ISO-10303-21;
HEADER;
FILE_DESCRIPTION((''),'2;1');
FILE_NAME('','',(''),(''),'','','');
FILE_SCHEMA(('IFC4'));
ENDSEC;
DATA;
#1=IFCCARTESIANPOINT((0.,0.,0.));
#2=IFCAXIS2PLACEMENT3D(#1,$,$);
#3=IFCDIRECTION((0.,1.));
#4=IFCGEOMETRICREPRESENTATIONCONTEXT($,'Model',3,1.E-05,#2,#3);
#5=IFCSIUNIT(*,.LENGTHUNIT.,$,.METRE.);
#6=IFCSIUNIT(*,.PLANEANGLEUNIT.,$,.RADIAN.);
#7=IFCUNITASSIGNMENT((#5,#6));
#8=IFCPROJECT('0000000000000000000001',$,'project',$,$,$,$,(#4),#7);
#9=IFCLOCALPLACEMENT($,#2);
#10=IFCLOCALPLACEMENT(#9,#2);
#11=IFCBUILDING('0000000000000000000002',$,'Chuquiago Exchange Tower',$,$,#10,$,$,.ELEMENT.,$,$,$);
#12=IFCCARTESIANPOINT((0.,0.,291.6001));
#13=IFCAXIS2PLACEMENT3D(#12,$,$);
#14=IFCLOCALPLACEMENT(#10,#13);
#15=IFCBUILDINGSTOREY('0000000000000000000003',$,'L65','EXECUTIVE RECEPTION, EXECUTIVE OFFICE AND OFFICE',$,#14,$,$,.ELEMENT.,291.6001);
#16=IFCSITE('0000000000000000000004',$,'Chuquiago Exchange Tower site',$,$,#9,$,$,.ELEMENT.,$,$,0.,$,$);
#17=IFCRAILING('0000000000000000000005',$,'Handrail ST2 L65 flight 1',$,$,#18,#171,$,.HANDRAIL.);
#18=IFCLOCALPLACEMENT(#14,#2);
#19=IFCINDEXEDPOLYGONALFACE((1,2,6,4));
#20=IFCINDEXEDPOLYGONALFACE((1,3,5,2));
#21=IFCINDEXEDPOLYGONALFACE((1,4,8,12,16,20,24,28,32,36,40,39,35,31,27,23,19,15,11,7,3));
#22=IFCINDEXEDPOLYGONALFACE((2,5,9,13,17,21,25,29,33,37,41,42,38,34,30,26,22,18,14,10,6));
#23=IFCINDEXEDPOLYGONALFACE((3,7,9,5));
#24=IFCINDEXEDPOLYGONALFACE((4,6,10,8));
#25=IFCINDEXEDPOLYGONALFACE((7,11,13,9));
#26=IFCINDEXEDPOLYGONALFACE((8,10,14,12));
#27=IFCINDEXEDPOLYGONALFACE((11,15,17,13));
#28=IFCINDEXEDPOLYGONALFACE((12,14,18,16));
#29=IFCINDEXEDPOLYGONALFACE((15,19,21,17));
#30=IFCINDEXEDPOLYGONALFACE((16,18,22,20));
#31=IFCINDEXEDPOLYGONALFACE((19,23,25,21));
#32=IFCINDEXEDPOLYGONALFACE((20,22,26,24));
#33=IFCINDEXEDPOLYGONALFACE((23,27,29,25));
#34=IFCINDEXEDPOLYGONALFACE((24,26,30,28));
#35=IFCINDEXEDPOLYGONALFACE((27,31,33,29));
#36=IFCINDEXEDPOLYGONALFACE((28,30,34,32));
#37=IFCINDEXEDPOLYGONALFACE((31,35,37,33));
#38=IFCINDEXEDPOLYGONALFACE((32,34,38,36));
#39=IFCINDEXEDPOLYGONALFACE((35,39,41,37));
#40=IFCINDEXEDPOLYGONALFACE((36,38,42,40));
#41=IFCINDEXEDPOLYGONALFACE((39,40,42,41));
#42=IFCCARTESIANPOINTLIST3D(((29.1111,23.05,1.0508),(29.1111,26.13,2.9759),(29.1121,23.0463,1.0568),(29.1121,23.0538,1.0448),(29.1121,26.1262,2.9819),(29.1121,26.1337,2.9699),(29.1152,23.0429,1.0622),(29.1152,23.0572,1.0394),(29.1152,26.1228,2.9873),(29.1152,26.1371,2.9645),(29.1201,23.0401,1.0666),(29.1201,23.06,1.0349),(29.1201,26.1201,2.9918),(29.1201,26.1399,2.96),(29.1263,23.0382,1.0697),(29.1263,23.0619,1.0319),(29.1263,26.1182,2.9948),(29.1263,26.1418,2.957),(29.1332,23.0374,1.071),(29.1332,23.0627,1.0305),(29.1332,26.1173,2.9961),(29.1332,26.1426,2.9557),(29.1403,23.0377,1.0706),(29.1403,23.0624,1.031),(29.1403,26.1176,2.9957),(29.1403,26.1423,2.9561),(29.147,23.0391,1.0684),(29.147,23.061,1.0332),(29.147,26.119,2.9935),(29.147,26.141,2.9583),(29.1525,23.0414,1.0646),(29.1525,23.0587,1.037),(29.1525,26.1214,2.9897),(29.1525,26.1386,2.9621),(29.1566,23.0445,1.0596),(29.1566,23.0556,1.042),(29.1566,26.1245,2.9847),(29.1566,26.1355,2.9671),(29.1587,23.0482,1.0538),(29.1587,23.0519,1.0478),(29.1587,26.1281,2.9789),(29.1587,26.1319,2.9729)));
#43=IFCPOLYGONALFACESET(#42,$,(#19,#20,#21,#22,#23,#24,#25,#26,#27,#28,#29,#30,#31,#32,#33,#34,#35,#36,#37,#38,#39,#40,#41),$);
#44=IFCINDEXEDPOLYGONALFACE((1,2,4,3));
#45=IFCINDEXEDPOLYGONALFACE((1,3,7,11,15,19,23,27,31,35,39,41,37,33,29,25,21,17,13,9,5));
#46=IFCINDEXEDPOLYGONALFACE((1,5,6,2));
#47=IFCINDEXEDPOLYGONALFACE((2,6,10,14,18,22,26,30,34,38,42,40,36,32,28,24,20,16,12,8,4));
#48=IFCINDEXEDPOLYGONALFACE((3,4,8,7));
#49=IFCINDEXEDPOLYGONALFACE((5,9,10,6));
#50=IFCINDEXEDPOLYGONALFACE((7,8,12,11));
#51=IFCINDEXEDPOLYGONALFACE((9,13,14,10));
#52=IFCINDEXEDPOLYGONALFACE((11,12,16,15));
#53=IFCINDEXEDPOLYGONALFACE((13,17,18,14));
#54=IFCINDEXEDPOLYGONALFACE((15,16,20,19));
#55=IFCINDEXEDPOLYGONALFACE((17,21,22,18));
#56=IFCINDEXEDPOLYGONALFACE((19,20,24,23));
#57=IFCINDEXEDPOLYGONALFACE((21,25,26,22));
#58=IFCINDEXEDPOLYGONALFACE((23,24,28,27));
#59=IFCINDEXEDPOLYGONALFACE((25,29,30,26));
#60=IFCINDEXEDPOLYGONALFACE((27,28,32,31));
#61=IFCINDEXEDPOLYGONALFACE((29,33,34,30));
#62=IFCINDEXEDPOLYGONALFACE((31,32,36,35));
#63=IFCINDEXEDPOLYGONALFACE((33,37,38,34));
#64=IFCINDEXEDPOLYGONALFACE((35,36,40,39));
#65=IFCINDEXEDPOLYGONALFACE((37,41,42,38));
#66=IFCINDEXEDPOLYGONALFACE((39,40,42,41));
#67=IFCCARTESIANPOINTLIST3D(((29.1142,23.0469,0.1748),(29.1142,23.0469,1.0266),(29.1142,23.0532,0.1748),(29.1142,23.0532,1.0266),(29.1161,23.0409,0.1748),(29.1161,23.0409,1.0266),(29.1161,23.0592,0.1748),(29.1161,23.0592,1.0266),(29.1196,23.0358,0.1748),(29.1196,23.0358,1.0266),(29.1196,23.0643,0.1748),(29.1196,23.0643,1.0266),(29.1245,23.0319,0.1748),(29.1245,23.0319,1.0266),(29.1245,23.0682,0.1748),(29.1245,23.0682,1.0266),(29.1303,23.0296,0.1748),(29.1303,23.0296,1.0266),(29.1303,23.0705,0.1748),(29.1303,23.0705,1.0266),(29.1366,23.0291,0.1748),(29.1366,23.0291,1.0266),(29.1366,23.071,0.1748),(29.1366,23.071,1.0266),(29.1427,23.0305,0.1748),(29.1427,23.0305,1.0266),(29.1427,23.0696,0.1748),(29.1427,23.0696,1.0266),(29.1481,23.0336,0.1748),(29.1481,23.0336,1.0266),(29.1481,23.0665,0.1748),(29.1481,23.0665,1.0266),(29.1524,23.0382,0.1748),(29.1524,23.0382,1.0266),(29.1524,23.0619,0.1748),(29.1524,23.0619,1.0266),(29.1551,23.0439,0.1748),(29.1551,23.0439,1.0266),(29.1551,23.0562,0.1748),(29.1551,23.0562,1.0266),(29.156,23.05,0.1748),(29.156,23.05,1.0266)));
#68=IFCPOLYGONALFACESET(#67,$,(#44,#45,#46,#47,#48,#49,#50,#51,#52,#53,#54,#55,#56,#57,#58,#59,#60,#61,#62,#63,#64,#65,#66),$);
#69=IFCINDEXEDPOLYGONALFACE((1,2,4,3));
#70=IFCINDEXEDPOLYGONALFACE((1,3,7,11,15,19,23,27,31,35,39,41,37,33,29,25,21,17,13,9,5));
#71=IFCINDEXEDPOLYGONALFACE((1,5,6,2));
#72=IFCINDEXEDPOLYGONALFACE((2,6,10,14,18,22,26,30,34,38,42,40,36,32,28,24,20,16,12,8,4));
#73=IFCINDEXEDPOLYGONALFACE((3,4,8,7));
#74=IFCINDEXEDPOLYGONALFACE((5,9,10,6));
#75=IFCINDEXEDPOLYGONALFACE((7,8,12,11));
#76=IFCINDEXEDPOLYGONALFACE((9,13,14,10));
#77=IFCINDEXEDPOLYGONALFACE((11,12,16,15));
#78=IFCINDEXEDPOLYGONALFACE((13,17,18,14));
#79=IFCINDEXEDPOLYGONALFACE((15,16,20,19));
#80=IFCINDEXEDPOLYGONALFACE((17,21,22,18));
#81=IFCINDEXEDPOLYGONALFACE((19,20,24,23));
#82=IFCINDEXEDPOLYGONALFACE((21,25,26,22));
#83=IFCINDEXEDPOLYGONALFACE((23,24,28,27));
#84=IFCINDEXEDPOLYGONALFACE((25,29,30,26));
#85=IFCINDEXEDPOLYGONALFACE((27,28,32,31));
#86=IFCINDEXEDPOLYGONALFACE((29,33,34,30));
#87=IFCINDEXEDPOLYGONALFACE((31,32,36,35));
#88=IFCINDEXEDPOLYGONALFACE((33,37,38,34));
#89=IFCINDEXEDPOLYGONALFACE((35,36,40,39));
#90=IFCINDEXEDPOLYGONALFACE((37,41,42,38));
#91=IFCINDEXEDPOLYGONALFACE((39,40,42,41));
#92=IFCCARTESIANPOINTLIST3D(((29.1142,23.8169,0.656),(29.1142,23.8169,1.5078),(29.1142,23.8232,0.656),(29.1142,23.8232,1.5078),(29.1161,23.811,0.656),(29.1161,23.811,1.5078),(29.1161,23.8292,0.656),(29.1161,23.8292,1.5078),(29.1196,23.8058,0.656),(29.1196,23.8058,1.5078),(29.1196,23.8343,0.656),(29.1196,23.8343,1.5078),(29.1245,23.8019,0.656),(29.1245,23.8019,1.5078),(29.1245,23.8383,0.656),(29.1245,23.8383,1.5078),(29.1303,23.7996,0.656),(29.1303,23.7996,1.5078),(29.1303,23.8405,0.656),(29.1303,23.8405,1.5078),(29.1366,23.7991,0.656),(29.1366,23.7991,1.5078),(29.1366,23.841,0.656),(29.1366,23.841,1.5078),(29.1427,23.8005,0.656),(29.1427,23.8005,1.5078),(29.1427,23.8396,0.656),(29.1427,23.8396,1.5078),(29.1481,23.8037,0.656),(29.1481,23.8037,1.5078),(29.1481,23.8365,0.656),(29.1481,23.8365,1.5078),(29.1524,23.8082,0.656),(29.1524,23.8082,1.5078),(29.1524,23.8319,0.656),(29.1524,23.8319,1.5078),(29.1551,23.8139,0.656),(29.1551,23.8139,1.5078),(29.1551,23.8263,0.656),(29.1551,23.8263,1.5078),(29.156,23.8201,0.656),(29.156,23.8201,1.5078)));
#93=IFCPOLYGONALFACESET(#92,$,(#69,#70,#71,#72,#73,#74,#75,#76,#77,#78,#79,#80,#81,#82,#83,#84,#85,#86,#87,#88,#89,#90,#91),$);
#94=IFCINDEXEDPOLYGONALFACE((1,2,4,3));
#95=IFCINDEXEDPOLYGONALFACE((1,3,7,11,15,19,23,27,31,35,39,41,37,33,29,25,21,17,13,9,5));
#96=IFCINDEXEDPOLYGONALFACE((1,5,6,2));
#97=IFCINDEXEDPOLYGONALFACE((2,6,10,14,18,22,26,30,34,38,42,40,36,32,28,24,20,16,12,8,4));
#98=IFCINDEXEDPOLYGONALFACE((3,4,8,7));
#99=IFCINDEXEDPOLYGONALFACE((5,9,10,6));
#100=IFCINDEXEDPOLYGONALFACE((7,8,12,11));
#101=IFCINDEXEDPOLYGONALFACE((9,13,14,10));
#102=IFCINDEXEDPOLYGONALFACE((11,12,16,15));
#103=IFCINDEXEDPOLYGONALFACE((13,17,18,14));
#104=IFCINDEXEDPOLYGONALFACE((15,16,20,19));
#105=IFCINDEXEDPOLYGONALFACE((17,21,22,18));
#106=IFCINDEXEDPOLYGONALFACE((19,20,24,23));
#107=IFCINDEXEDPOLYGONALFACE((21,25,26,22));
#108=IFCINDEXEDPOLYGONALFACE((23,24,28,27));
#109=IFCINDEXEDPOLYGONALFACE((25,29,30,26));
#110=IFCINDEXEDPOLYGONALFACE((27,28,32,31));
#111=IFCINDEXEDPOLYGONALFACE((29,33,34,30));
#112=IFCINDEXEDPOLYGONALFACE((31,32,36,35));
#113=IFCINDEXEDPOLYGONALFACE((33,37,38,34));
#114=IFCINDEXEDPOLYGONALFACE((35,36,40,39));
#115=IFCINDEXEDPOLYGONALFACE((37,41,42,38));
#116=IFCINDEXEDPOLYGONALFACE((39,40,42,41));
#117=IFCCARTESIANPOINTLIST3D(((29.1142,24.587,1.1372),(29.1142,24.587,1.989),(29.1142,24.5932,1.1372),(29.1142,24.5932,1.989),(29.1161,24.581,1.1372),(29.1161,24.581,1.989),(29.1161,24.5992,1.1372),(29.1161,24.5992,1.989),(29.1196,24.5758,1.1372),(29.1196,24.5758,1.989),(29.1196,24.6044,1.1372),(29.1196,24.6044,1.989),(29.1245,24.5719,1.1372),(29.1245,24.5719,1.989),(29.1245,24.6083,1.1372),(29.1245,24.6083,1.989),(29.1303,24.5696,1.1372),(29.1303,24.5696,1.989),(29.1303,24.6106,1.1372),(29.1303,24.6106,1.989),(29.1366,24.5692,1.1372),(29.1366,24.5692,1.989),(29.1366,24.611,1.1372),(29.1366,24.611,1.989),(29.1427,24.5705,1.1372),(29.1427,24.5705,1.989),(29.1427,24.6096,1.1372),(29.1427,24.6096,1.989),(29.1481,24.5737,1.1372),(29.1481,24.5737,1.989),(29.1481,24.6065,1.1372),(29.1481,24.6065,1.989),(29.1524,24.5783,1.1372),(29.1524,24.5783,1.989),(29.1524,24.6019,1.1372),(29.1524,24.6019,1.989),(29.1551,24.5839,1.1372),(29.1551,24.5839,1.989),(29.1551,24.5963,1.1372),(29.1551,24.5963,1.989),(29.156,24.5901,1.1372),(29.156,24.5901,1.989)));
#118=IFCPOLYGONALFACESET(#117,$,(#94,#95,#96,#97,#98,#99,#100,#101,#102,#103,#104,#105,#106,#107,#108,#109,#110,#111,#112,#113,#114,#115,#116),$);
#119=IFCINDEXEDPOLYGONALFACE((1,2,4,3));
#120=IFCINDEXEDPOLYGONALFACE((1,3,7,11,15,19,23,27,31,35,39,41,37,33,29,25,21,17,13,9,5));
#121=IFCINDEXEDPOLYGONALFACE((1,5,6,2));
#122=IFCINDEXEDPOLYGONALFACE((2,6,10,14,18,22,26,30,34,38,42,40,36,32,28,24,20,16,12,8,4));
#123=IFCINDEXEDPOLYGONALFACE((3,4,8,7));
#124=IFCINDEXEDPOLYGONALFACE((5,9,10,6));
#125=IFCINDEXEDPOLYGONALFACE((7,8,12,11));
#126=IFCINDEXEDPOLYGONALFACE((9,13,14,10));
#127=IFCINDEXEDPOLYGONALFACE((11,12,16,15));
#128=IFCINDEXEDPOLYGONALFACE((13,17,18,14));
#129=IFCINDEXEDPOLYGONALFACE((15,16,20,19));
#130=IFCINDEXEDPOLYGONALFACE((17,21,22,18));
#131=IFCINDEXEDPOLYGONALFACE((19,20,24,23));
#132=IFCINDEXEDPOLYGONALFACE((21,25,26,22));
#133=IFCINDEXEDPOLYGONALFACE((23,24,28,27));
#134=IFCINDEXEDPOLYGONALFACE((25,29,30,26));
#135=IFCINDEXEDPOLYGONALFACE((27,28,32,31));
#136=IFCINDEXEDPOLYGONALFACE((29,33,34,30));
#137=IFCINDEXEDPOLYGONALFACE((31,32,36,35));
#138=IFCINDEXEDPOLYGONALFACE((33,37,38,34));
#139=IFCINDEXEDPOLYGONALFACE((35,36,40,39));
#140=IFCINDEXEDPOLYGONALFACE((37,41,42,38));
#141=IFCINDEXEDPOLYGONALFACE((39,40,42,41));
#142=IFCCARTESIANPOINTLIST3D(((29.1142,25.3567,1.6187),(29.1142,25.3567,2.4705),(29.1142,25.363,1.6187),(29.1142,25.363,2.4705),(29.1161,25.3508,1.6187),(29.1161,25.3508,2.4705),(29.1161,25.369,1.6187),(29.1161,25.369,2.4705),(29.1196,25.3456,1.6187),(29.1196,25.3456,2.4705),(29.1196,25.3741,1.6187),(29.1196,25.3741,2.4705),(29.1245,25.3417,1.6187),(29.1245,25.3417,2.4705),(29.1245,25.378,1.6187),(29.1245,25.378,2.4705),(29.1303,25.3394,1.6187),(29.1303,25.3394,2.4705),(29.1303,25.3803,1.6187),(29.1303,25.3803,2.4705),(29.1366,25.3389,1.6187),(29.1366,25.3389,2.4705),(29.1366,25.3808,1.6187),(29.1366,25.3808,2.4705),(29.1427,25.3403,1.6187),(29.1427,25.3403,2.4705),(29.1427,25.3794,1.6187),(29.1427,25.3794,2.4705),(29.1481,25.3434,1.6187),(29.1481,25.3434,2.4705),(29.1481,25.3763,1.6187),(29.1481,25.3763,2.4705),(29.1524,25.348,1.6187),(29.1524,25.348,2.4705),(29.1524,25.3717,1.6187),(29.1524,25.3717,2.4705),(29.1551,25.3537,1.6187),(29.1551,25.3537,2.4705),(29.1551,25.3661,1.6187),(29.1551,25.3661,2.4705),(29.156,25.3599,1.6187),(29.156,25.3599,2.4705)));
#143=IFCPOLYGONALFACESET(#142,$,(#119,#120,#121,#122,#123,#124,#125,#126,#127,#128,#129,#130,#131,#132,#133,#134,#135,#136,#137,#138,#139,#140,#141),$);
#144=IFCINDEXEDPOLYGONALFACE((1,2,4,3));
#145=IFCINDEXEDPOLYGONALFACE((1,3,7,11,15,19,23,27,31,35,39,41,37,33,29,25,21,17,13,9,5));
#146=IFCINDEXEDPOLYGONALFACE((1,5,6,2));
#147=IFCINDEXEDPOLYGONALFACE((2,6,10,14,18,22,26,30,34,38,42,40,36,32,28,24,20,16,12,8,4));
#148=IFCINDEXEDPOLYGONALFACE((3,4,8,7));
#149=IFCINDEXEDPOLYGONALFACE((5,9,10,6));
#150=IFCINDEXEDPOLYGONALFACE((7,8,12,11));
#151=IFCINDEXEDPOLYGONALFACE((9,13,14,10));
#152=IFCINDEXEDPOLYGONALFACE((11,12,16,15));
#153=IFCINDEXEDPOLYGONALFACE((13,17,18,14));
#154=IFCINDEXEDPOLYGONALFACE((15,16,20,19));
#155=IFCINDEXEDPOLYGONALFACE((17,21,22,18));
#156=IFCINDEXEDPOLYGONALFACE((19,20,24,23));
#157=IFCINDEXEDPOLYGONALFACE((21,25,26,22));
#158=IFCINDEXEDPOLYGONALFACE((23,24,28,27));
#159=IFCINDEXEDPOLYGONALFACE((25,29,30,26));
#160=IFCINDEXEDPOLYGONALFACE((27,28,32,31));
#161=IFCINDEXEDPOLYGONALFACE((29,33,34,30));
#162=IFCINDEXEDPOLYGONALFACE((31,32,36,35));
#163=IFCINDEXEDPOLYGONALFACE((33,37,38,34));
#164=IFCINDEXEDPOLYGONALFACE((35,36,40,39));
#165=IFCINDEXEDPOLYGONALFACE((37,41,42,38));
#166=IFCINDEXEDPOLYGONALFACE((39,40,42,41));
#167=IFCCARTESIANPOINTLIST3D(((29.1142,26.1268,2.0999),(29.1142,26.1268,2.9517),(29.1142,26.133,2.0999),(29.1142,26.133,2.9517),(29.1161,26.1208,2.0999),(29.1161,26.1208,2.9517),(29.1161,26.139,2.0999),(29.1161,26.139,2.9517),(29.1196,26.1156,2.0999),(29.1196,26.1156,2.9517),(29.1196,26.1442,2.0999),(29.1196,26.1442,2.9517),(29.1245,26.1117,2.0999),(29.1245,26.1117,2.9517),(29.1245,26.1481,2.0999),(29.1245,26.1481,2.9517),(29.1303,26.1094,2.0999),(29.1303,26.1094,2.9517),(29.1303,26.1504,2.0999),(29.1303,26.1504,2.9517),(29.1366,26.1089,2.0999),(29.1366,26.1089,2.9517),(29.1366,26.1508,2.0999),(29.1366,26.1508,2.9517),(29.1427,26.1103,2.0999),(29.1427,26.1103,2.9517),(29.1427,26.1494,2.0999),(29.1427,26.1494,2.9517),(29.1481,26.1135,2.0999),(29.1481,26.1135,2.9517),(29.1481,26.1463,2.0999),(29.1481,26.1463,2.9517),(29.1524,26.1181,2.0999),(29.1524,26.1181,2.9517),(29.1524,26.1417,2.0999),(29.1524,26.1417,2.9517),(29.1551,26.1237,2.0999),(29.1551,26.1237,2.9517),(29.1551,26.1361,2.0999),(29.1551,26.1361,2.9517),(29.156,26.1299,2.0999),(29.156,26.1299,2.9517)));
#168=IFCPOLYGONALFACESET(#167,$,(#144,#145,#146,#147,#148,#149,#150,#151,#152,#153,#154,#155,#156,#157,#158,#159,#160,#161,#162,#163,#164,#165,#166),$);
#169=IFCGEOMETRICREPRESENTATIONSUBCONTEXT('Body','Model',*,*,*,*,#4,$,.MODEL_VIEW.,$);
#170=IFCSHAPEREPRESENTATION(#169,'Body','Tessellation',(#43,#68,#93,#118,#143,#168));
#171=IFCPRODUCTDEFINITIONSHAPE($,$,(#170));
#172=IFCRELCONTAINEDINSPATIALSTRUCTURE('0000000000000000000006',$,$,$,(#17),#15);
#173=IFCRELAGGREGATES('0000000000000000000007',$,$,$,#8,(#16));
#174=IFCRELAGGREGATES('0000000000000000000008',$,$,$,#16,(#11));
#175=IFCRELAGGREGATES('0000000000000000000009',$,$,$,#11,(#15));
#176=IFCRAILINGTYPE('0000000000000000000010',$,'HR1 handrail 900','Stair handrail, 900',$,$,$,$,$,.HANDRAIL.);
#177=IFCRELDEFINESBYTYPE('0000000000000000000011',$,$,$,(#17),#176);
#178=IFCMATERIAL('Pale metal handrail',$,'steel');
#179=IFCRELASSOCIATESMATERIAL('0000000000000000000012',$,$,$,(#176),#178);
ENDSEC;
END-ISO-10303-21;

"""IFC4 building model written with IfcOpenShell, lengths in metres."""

from ifc_helpers import new_model, si_unit, direction, frame, origin, origin_2d, place, context, subcontext, project, spatial, circle, extrude, material, type_object, element, save


model = new_model("IFC4")

# Units and contexts
model_context = context("Model", 3, precision=1e-05, world=origin(), true_north=direction((0.0, 1.0)))
body_context = subcontext(model_context, "Body", "Model", "MODEL_VIEW")
ifc_project = project(units=[si_unit("LENGTHUNIT", "METRE"), si_unit("PLANEANGLEUNIT", "RADIAN")], contexts=[model_context])

# Site, building, storey
site_placement = place(None, origin())
site = spatial("IfcSite", under=ifc_project, at=site_placement, Name="Chuquiago Exchange Tower site", CompositionType="ELEMENT", RefElevation=0.0)
building_placement = place(site_placement, origin())
building = spatial("IfcBuilding", under=site, at=building_placement, Name="Chuquiago Exchange Tower", CompositionType="ELEMENT")
storey_placement = place(building_placement, frame((0.0, 0.0, 291.6001)))
storey = spatial("IfcBuildingStorey", under=building, at=storey_placement, Name="L65", Description="EXECUTIVE RECEPTION, EXECUTIVE OFFICE AND OFFICE", CompositionType="ELEMENT", Elevation=291.6001)

# Railing
ifc_material_1 = material(Name="Pale metal handrail", Category="steel")
railing_type_1 = type_object("IfcRailingType", Name="HR1 handrail 900", Description="Stair handrail, 900", PredefinedType="HANDRAIL", material=ifc_material_1)
railing_1_placement = place(storey_placement, frame((29.135, 23.05, 0.1748)))
element("IfcRailing", 1, at=railing_1_placement, inside=storey, type_object=railing_type_1, Name="Handrail ST2 L65 flight 1", PredefinedType="HANDRAIL", context=body_context, shape_type="SweptSolid", body=[
    extrude(circle(Radius=0.0239, at=origin_2d()), frame((0.0, 0.0, 0.876), z_axis=(0.0, 0.847979, 0.530029), x_axis=(-1.0, 0.0, 0.0)), (0.0, 0.0, 1.0), 3.6321),
    extrude(circle(Radius=0.021, at=origin_2d()), origin(), (0.0, 0.0, 1.0), 0.8518),
    extrude(circle(Radius=0.021, at=origin_2d()), frame((0.0, 0.77, 0.4812)), (0.0, 0.0, 1.0), 0.8518),
    extrude(circle(Radius=0.021, at=origin_2d()), frame((0.0, 1.54, 0.9624)), (0.0, 0.0, 1.0), 0.8518),
    extrude(circle(Radius=0.021, at=origin_2d()), frame((0.0, 2.3098, 1.4438)), (0.0, 0.0, 1.0), 0.8518),
    extrude(circle(Radius=0.021, at=origin_2d()), frame((0.0, 3.0798, 1.925)), (0.0, 0.0, 1.0), 0.8518),
])

save(model, "model.ifc")
